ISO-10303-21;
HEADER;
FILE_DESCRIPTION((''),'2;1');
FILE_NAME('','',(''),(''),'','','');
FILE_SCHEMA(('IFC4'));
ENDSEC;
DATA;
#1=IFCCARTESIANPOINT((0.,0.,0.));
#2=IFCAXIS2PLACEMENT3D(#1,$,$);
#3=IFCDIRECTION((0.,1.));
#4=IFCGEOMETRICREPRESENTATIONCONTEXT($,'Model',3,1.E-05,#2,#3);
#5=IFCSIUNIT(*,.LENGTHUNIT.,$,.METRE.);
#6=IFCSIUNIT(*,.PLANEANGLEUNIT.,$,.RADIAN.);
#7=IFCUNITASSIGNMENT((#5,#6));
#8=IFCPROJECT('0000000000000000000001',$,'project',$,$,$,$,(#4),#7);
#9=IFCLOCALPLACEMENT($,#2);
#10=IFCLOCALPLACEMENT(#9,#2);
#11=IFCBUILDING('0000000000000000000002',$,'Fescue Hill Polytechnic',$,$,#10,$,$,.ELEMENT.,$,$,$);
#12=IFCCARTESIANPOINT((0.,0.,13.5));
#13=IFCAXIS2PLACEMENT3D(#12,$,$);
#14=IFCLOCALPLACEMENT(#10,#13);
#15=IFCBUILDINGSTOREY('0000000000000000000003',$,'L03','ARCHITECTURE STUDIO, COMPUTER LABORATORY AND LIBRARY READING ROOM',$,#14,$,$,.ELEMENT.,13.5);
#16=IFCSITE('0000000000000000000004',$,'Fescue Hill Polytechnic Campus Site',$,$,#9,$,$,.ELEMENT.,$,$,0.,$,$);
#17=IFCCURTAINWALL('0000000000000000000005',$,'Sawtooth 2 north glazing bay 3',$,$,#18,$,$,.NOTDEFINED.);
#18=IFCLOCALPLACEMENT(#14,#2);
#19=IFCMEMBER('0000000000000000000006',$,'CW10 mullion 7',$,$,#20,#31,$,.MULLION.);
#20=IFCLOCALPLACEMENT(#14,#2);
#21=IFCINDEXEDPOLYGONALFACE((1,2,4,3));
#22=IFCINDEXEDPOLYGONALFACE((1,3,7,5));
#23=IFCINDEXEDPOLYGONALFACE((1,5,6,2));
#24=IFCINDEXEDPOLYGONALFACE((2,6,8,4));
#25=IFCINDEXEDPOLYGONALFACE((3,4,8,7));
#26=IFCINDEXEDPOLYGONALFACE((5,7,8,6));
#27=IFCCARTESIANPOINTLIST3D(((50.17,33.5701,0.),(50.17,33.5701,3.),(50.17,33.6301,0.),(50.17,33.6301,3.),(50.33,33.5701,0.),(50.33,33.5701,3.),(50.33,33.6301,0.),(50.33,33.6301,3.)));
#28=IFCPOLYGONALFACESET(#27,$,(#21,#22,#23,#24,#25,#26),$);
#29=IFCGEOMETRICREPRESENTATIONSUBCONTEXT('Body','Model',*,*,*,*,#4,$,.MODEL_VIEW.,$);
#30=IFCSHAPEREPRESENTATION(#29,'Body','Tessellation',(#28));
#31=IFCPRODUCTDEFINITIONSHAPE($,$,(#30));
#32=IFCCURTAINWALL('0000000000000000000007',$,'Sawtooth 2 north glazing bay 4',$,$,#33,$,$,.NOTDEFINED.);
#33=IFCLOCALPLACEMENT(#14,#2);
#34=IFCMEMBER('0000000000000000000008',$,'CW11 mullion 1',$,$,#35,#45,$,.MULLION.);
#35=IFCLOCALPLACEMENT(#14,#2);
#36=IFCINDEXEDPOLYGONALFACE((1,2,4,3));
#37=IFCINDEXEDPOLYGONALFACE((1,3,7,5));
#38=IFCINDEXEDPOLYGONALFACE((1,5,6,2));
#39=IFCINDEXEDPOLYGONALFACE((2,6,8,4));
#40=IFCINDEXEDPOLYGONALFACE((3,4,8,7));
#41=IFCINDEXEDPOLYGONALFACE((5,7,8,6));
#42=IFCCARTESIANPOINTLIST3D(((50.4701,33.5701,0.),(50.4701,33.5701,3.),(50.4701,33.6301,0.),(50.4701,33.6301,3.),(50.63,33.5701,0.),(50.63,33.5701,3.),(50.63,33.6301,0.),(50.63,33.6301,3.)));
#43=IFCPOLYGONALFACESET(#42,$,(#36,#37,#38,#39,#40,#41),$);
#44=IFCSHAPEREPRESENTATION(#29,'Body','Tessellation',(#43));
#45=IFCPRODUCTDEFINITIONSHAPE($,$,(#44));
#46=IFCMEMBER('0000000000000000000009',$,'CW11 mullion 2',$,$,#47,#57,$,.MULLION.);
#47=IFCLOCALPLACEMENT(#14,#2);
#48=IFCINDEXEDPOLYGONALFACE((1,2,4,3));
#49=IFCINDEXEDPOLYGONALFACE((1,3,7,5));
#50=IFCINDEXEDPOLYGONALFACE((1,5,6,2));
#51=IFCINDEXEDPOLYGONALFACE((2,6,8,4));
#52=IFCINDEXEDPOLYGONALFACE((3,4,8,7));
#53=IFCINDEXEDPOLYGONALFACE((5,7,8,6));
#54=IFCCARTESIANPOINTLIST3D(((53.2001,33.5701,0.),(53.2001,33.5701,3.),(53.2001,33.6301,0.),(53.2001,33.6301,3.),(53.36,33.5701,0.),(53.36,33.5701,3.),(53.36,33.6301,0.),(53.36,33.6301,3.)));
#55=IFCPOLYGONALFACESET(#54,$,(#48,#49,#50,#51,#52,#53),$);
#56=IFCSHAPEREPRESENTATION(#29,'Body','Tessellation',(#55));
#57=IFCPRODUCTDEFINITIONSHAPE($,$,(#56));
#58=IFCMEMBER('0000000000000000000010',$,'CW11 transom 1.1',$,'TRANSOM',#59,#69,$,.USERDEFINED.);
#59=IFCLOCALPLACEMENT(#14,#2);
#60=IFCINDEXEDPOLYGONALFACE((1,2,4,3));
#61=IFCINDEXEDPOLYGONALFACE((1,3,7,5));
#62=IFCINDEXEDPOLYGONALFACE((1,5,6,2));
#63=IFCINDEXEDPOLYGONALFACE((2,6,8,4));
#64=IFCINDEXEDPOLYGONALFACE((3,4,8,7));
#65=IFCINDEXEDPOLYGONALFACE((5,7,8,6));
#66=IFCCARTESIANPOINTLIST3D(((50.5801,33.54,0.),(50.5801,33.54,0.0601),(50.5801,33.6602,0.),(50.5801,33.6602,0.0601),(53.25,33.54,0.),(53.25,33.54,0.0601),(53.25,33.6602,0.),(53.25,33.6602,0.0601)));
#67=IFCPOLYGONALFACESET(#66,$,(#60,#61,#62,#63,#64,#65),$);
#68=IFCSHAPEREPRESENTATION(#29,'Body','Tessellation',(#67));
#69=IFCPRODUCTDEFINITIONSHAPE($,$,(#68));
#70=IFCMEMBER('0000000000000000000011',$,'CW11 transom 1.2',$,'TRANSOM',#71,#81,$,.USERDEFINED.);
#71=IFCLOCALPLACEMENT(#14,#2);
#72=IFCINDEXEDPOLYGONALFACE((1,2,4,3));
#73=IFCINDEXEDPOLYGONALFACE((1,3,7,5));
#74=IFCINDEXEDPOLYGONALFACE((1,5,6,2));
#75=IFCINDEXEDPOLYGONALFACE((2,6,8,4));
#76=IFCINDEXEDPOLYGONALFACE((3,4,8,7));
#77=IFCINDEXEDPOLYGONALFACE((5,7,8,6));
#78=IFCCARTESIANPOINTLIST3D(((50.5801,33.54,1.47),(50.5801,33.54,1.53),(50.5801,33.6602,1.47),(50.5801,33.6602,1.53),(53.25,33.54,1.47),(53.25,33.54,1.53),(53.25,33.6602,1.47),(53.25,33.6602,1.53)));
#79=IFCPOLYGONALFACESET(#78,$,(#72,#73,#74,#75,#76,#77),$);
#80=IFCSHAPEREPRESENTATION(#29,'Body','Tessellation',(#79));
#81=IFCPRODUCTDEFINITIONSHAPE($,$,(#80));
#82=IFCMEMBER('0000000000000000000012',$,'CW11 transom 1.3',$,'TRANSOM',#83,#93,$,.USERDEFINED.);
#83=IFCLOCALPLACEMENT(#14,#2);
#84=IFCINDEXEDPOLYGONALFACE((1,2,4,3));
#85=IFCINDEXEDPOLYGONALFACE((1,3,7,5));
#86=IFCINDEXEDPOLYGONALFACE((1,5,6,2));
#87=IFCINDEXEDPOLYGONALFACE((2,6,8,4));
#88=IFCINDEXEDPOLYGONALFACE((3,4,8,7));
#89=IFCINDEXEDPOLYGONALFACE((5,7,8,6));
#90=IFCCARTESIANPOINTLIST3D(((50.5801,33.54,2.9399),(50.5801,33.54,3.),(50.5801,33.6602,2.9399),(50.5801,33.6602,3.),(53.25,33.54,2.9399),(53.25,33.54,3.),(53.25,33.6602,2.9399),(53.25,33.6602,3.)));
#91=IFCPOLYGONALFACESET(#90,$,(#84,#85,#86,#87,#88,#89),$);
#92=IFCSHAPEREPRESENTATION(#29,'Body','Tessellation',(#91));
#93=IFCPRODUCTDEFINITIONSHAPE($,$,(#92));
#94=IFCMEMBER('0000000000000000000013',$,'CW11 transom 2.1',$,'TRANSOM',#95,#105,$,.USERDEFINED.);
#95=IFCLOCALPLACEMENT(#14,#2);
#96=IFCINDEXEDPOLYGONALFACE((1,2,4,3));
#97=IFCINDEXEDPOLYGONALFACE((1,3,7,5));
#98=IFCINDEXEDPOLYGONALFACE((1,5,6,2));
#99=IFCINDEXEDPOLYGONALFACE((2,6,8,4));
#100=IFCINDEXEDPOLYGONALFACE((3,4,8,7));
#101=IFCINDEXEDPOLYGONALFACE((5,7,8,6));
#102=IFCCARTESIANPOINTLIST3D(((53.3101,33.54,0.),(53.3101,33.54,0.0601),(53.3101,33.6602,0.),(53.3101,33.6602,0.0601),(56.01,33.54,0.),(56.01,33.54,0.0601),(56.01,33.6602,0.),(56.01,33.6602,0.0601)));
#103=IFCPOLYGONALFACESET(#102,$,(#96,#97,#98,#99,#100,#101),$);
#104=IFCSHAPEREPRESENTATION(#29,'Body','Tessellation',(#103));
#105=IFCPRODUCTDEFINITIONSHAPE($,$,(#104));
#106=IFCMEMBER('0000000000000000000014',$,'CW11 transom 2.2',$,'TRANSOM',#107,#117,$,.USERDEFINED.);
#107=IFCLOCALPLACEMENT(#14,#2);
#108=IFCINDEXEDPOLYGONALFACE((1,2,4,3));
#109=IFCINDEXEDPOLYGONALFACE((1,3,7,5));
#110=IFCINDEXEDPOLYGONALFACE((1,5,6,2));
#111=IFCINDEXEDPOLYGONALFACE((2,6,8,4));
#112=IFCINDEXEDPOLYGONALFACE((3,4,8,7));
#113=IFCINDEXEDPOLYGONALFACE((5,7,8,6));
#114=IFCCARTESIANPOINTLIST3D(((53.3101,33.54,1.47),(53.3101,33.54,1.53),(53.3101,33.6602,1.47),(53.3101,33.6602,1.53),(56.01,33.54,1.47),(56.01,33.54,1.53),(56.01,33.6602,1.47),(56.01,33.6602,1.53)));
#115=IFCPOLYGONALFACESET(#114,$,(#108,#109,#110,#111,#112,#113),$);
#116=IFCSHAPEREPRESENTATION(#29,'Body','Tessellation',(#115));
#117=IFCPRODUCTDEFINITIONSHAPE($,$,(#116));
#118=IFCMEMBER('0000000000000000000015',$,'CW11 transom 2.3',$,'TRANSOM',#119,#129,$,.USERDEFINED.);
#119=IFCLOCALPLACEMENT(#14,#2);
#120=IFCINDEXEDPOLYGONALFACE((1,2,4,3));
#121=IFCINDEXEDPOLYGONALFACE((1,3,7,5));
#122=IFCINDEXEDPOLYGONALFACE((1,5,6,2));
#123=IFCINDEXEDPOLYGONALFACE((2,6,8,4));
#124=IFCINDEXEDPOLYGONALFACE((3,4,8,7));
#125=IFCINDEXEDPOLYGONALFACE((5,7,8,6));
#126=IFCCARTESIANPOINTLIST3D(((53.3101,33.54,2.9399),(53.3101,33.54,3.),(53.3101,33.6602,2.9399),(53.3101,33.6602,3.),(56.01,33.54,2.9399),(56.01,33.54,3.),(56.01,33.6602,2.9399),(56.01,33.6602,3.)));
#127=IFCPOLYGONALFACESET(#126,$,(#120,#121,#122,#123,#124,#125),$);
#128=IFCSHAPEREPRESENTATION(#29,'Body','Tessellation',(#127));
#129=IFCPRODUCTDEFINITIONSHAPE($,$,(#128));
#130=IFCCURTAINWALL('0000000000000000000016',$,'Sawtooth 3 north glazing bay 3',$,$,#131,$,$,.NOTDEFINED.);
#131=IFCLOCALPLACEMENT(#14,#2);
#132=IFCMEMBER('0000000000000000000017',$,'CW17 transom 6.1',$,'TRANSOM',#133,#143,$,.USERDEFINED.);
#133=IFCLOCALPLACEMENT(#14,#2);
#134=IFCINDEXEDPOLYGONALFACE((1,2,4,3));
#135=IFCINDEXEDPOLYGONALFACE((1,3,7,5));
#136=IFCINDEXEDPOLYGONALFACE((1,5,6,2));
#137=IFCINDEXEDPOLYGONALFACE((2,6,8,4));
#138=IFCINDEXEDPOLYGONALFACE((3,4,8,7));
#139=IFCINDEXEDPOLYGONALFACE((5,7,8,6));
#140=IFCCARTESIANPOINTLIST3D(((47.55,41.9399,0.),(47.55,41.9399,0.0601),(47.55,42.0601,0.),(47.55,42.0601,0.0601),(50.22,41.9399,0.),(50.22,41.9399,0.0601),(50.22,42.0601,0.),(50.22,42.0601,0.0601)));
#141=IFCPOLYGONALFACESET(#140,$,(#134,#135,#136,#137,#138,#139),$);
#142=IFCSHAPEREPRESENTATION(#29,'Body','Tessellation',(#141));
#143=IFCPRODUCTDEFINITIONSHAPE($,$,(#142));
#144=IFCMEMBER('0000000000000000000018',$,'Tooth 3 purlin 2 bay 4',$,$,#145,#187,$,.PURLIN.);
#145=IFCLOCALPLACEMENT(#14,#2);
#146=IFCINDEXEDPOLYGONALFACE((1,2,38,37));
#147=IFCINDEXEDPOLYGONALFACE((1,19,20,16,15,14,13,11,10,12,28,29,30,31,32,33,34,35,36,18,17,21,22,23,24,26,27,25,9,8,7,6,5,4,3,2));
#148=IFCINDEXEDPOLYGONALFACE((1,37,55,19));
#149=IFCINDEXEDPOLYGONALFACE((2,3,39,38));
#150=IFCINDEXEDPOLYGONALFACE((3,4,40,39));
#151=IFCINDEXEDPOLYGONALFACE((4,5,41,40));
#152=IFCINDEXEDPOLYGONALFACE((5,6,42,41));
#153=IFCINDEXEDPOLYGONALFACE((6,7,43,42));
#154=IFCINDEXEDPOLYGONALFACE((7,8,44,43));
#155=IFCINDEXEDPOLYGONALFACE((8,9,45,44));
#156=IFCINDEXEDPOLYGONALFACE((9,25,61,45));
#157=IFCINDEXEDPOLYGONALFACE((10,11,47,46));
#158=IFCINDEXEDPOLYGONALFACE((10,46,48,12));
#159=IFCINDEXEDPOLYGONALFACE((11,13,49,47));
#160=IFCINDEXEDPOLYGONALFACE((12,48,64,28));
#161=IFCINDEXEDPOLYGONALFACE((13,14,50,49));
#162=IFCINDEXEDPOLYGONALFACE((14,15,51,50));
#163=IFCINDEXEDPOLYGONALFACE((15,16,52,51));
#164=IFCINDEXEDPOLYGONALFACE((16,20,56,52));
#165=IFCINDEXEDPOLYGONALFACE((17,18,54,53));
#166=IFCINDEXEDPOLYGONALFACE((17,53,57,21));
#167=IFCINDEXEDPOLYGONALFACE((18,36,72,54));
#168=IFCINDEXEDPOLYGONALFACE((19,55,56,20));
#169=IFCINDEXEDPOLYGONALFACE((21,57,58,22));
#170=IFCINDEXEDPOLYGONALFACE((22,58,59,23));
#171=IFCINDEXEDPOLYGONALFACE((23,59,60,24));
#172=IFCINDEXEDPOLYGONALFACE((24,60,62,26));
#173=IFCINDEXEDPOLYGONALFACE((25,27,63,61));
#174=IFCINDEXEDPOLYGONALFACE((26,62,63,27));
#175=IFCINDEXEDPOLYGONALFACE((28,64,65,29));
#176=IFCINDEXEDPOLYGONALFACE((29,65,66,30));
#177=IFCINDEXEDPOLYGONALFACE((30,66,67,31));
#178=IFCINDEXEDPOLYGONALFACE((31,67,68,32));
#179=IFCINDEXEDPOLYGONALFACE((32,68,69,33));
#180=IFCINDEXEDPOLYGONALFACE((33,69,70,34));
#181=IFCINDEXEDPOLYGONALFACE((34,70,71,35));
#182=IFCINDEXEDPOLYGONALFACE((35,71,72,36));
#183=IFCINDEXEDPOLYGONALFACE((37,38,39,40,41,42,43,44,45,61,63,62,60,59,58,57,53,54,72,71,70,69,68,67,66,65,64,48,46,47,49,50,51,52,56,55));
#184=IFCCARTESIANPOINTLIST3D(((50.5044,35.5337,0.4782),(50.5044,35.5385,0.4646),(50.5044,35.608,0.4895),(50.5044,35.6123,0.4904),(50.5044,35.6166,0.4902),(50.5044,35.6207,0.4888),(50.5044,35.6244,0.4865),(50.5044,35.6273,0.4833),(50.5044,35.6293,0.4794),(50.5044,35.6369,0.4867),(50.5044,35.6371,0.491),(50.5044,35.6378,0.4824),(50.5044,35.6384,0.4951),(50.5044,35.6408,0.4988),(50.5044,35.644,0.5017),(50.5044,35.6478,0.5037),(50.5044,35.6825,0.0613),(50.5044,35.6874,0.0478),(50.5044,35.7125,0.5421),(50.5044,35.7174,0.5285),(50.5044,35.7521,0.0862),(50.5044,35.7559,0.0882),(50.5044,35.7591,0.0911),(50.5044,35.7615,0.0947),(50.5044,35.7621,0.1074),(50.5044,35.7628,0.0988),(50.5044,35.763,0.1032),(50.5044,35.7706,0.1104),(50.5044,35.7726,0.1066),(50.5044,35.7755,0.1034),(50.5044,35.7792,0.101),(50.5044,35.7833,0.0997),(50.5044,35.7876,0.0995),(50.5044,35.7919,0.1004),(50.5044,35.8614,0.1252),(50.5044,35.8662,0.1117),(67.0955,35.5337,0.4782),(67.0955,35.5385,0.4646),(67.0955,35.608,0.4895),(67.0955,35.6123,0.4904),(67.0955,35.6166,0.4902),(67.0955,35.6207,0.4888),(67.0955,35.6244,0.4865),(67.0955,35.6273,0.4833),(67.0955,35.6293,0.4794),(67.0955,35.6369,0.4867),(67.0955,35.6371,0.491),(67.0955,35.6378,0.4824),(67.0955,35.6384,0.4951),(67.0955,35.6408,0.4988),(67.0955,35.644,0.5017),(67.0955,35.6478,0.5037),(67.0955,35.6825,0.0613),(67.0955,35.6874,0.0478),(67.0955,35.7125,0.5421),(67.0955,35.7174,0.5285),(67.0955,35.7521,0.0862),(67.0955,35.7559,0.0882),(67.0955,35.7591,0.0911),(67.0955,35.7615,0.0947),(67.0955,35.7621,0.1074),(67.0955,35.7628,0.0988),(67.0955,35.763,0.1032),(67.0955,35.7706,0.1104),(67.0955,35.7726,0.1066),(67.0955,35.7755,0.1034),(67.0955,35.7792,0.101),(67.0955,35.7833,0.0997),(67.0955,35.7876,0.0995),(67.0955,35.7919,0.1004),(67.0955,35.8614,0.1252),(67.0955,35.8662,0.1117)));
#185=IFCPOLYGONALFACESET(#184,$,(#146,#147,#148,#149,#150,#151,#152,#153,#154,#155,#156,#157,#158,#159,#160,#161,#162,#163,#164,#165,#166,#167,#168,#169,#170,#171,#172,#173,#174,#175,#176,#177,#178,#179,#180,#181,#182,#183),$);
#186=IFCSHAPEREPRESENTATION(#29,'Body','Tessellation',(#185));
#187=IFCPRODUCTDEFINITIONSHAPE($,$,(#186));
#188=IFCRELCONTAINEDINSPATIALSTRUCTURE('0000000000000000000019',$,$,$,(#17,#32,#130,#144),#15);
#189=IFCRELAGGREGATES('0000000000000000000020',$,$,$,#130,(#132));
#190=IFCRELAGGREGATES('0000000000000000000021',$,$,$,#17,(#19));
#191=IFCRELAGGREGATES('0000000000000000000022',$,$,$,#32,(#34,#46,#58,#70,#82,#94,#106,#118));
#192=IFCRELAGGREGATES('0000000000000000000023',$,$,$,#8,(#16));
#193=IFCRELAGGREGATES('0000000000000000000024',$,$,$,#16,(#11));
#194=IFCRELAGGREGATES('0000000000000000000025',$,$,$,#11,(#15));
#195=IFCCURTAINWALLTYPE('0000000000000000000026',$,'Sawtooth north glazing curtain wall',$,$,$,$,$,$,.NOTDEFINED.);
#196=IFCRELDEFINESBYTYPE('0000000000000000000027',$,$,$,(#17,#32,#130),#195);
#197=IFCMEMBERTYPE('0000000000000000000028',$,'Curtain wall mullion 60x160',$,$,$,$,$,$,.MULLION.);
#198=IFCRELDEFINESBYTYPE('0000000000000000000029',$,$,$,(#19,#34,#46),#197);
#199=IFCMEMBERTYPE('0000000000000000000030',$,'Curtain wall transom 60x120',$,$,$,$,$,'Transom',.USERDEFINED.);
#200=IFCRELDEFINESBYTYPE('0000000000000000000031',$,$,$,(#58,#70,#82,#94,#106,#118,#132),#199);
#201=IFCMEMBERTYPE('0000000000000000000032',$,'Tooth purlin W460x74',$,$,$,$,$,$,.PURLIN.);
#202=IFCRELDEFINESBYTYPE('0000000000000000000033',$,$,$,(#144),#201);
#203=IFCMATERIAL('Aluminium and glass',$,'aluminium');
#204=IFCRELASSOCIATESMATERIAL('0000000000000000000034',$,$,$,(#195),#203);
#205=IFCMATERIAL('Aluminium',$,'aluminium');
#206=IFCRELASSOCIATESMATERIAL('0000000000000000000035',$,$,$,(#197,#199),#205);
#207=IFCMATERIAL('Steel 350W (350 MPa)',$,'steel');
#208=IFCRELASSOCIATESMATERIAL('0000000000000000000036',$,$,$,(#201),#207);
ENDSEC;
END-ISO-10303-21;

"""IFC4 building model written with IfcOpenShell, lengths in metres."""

from ifc_helpers import new_model, si_unit, direction, frame, origin, origin_2d, place, context, subcontext, project, spatial, rectangle, i_section, extrude, material, material_profile, profile_set, type_object, element, aggregate, save


model = new_model("IFC4")

# Units and contexts
model_context = context("Model", 3, precision=1e-05, world=origin(), true_north=direction((0.0, 1.0)))
body_context = subcontext(model_context, "Body", "Model", "MODEL_VIEW")
ifc_project = project(units=[si_unit("LENGTHUNIT", "METRE"), si_unit("PLANEANGLEUNIT", "RADIAN")], contexts=[model_context])

# Site, building, storey
site_placement = place(None, origin())
site = spatial("IfcSite", under=ifc_project, at=site_placement, Name="Fescue Hill Polytechnic Campus Site", CompositionType="ELEMENT", RefElevation=0.0)
building_placement = place(site_placement, origin())
building = spatial("IfcBuilding", under=site, at=building_placement, Name="Fescue Hill Polytechnic", CompositionType="ELEMENT")
storey_placement = place(building_placement, frame((0.0, 0.0, 13.5)))
storey = spatial("IfcBuildingStorey", under=building, at=storey_placement, Name="L03", Description="ARCHITECTURE STUDIO, COMPUTER LABORATORY AND LIBRARY READING ROOM", CompositionType="ELEMENT", Elevation=13.5)

# Curtain wall, member
ifc_material_1 = material(Name="Aluminium and glass", Category="aluminium")
curtain_wall_type = type_object("IfcCurtainWallType", Name="Sawtooth north glazing curtain wall", PredefinedType="NOTDEFINED", material=ifc_material_1)
curtain_wall_1_placement = place(storey_placement, origin())
curtain_wall_1 = element("IfcCurtainWall", 1, at=curtain_wall_1_placement, inside=storey, type_object=curtain_wall_type, Name="Sawtooth 2 north glazing bay 3", PredefinedType="NOTDEFINED")
ifc_material_2 = material(Name="Aluminium", Category="aluminium")
ifc_material_profile_1 = material_profile(ifc_material_2, rectangle(XDim=0.0601, YDim=0.1599, at=origin_2d()), Name="Curtain wall mullion 60x160")
ifc_profile_set_1 = profile_set([ifc_material_profile_1], Name="Aluminium")
member_type_1 = type_object("IfcMemberType", Name="Curtain wall mullion 60x160", PredefinedType="MULLION", material=ifc_profile_set_1)
member_1_placement = place(storey_placement, frame((50.25, 33.6001, 0.0), z_axis=(0.0, 0.0, 1.0), x_axis=(0.0, 1.0, 0.0)))
member_1 = element("IfcMember", 2, at=member_1_placement, type_object=member_type_1, Name="CW10 mullion 7", PredefinedType="MULLION", context=body_context, shape_type="SweptSolid", body=[
    extrude(rectangle(XDim=0.0601, YDim=0.1599, at=origin_2d()), origin(), (0.0, 0.0, 1.0), 3.0),
])

# Curtain wall, members
curtain_wall_2_placement = place(storey_placement, origin())
curtain_wall_2 = element("IfcCurtainWall", 3, at=curtain_wall_2_placement, inside=storey, type_object=curtain_wall_type, Name="Sawtooth 2 north glazing bay 4", PredefinedType="NOTDEFINED")
member_2_placement = place(storey_placement, frame((50.55, 33.6001, 0.0), z_axis=(0.0, 0.0, 1.0), x_axis=(0.0, 1.0, 0.0)))
member_2 = element("IfcMember", 4, at=member_2_placement, type_object=member_type_1, Name="CW11 mullion 1", PredefinedType="MULLION", context=body_context, shape_type="SweptSolid", body=[
    extrude(rectangle(XDim=0.0601, YDim=0.1599, at=origin_2d()), origin(), (0.0, 0.0, 1.0), 3.0),
])
member_3_placement = place(storey_placement, frame((53.28, 33.6001, 0.0), z_axis=(0.0, 0.0, 1.0), x_axis=(0.0, 1.0, 0.0)))
member_3 = element("IfcMember", 5, at=member_3_placement, type_object=member_type_1, Name="CW11 mullion 2", PredefinedType="MULLION", context=body_context, shape_type="SweptSolid", body=[
    extrude(rectangle(XDim=0.0601, YDim=0.1599, at=origin_2d()), origin(), (0.0, 0.0, 1.0), 3.0),
])
ifc_material_profile_2 = material_profile(ifc_material_2, rectangle(XDim=0.1201, YDim=0.0601, at=origin_2d()), Name="Curtain wall transom 60x120")
ifc_profile_set_2 = profile_set([ifc_material_profile_2], Name="Aluminium")
member_type_2 = type_object("IfcMemberType", Name="Curtain wall transom 60x120", ElementType="Transom", PredefinedType="USERDEFINED", material=ifc_profile_set_2)
member_4_placement = place(storey_placement, frame((50.5801, 33.6001, 0.03), z_axis=(1.0, 0.0, 0.0), x_axis=(0.0, 1.0, 0.0)))
member_4 = element("IfcMember", 6, at=member_4_placement, type_object=member_type_2, Name="CW11 transom 1.1", ObjectType="TRANSOM", PredefinedType="USERDEFINED", context=body_context, shape_type="SweptSolid", body=[
    extrude(rectangle(XDim=0.1201, YDim=0.0601, at=origin_2d()), origin(), (0.0, 0.0, 1.0), 2.6699),
])
member_5_placement = place(storey_placement, frame((50.5801, 33.6001, 1.5), z_axis=(1.0, 0.0, 0.0), x_axis=(0.0, 1.0, 0.0)))
member_5 = element("IfcMember", 7, at=member_5_placement, type_object=member_type_2, Name="CW11 transom 1.2", ObjectType="TRANSOM", PredefinedType="USERDEFINED", context=body_context, shape_type="SweptSolid", body=[
    extrude(rectangle(XDim=0.1201, YDim=0.0601, at=origin_2d()), origin(), (0.0, 0.0, 1.0), 2.6699),
])
member_6_placement = place(storey_placement, frame((50.5801, 33.6001, 2.97), z_axis=(1.0, 0.0, 0.0), x_axis=(0.0, 1.0, 0.0)))
member_6 = element("IfcMember", 8, at=member_6_placement, type_object=member_type_2, Name="CW11 transom 1.3", ObjectType="TRANSOM", PredefinedType="USERDEFINED", context=body_context, shape_type="SweptSolid", body=[
    extrude(rectangle(XDim=0.1201, YDim=0.0601, at=origin_2d()), origin(), (0.0, 0.0, 1.0), 2.6699),
])
member_7_placement = place(storey_placement, frame((53.3101, 33.6001, 0.03), z_axis=(1.0, 0.0, 0.0), x_axis=(0.0, 1.0, 0.0)))
member_7 = element("IfcMember", 9, at=member_7_placement, type_object=member_type_2, Name="CW11 transom 2.1", ObjectType="TRANSOM", PredefinedType="USERDEFINED", context=body_context, shape_type="SweptSolid", body=[
    extrude(rectangle(XDim=0.1201, YDim=0.0601, at=origin_2d()), origin(), (0.0, 0.0, 1.0), 2.7),
])
member_8_placement = place(storey_placement, frame((53.3101, 33.6001, 1.5), z_axis=(1.0, 0.0, 0.0), x_axis=(0.0, 1.0, 0.0)))
member_8 = element("IfcMember", 10, at=member_8_placement, type_object=member_type_2, Name="CW11 transom 2.2", ObjectType="TRANSOM", PredefinedType="USERDEFINED", context=body_context, shape_type="SweptSolid", body=[
    extrude(rectangle(XDim=0.1201, YDim=0.0601, at=origin_2d()), origin(), (0.0, 0.0, 1.0), 2.7),
])
member_9_placement = place(storey_placement, frame((53.3101, 33.6001, 2.97), z_axis=(1.0, 0.0, 0.0), x_axis=(0.0, 1.0, 0.0)))
member_9 = element("IfcMember", 11, at=member_9_placement, type_object=member_type_2, Name="CW11 transom 2.3", ObjectType="TRANSOM", PredefinedType="USERDEFINED", context=body_context, shape_type="SweptSolid", body=[
    extrude(rectangle(XDim=0.1201, YDim=0.0601, at=origin_2d()), origin(), (0.0, 0.0, 1.0), 2.7),
])

# Curtain wall, member
curtain_wall_3_placement = place(storey_placement, origin())
curtain_wall_3 = element("IfcCurtainWall", 12, at=curtain_wall_3_placement, inside=storey, type_object=curtain_wall_type, Name="Sawtooth 3 north glazing bay 3", PredefinedType="NOTDEFINED")
member_10_placement = place(storey_placement, frame((47.55, 42.0, 0.03), z_axis=(1.0, 0.0, 0.0), x_axis=(0.0, 1.0, 0.0)))
member_10 = element("IfcMember", 13, at=member_10_placement, type_object=member_type_2, Name="CW17 transom 6.1", ObjectType="TRANSOM", PredefinedType="USERDEFINED", context=body_context, shape_type="SweptSolid", body=[
    extrude(rectangle(XDim=0.1201, YDim=0.0601, at=origin_2d()), origin(), (0.0, 0.0, 1.0), 2.6699),
])
aggregate(curtain_wall_3, [member_10])

# Member
ifc_material_3 = material(Name="Steel 350W (350 MPa)", Category="steel")
ifc_material_profile_3 = material_profile(ifc_material_3, i_section(OverallWidth=0.1899, OverallDepth=0.457, WebThickness=0.009, FlangeThickness=0.0144, FilletRadius=0.0166, at=origin_2d()), Name="W460x74")
ifc_profile_set_3 = profile_set([ifc_material_profile_3], Name="Steel 350W (350 MPa)")
member_type_3 = type_object("IfcMemberType", Name="Tooth purlin W460x74", PredefinedType="PURLIN", material=ifc_profile_set_3)
for number, where, z_axis, x_axis, name in (
    (14, (50.5044, 35.7, 0.2949), (1.0, 0.0, 0.0), (0.0, 0.941742, 0.336336), "Tooth 3 purlin 2 bay 4"),
):
    element("IfcMember", number, at=place(storey_placement, frame(where, z_axis=z_axis, x_axis=x_axis)), inside=storey, type_object=member_type_3, Name=name, PredefinedType="PURLIN", context=body_context, shape_type="SweptSolid", body=[
        extrude(i_section(OverallWidth=0.1899, OverallDepth=0.457, WebThickness=0.009, FlangeThickness=0.0144, FilletRadius=0.0166, at=origin_2d()), origin(), (0.0, 0.0, 1.0), 16.5911),
    ])

aggregate(curtain_wall_1, [member_1])
aggregate(curtain_wall_2, [member_2, member_3, member_4, member_5, member_6, member_7, member_8, member_9])

save(model, "model.ifc")
